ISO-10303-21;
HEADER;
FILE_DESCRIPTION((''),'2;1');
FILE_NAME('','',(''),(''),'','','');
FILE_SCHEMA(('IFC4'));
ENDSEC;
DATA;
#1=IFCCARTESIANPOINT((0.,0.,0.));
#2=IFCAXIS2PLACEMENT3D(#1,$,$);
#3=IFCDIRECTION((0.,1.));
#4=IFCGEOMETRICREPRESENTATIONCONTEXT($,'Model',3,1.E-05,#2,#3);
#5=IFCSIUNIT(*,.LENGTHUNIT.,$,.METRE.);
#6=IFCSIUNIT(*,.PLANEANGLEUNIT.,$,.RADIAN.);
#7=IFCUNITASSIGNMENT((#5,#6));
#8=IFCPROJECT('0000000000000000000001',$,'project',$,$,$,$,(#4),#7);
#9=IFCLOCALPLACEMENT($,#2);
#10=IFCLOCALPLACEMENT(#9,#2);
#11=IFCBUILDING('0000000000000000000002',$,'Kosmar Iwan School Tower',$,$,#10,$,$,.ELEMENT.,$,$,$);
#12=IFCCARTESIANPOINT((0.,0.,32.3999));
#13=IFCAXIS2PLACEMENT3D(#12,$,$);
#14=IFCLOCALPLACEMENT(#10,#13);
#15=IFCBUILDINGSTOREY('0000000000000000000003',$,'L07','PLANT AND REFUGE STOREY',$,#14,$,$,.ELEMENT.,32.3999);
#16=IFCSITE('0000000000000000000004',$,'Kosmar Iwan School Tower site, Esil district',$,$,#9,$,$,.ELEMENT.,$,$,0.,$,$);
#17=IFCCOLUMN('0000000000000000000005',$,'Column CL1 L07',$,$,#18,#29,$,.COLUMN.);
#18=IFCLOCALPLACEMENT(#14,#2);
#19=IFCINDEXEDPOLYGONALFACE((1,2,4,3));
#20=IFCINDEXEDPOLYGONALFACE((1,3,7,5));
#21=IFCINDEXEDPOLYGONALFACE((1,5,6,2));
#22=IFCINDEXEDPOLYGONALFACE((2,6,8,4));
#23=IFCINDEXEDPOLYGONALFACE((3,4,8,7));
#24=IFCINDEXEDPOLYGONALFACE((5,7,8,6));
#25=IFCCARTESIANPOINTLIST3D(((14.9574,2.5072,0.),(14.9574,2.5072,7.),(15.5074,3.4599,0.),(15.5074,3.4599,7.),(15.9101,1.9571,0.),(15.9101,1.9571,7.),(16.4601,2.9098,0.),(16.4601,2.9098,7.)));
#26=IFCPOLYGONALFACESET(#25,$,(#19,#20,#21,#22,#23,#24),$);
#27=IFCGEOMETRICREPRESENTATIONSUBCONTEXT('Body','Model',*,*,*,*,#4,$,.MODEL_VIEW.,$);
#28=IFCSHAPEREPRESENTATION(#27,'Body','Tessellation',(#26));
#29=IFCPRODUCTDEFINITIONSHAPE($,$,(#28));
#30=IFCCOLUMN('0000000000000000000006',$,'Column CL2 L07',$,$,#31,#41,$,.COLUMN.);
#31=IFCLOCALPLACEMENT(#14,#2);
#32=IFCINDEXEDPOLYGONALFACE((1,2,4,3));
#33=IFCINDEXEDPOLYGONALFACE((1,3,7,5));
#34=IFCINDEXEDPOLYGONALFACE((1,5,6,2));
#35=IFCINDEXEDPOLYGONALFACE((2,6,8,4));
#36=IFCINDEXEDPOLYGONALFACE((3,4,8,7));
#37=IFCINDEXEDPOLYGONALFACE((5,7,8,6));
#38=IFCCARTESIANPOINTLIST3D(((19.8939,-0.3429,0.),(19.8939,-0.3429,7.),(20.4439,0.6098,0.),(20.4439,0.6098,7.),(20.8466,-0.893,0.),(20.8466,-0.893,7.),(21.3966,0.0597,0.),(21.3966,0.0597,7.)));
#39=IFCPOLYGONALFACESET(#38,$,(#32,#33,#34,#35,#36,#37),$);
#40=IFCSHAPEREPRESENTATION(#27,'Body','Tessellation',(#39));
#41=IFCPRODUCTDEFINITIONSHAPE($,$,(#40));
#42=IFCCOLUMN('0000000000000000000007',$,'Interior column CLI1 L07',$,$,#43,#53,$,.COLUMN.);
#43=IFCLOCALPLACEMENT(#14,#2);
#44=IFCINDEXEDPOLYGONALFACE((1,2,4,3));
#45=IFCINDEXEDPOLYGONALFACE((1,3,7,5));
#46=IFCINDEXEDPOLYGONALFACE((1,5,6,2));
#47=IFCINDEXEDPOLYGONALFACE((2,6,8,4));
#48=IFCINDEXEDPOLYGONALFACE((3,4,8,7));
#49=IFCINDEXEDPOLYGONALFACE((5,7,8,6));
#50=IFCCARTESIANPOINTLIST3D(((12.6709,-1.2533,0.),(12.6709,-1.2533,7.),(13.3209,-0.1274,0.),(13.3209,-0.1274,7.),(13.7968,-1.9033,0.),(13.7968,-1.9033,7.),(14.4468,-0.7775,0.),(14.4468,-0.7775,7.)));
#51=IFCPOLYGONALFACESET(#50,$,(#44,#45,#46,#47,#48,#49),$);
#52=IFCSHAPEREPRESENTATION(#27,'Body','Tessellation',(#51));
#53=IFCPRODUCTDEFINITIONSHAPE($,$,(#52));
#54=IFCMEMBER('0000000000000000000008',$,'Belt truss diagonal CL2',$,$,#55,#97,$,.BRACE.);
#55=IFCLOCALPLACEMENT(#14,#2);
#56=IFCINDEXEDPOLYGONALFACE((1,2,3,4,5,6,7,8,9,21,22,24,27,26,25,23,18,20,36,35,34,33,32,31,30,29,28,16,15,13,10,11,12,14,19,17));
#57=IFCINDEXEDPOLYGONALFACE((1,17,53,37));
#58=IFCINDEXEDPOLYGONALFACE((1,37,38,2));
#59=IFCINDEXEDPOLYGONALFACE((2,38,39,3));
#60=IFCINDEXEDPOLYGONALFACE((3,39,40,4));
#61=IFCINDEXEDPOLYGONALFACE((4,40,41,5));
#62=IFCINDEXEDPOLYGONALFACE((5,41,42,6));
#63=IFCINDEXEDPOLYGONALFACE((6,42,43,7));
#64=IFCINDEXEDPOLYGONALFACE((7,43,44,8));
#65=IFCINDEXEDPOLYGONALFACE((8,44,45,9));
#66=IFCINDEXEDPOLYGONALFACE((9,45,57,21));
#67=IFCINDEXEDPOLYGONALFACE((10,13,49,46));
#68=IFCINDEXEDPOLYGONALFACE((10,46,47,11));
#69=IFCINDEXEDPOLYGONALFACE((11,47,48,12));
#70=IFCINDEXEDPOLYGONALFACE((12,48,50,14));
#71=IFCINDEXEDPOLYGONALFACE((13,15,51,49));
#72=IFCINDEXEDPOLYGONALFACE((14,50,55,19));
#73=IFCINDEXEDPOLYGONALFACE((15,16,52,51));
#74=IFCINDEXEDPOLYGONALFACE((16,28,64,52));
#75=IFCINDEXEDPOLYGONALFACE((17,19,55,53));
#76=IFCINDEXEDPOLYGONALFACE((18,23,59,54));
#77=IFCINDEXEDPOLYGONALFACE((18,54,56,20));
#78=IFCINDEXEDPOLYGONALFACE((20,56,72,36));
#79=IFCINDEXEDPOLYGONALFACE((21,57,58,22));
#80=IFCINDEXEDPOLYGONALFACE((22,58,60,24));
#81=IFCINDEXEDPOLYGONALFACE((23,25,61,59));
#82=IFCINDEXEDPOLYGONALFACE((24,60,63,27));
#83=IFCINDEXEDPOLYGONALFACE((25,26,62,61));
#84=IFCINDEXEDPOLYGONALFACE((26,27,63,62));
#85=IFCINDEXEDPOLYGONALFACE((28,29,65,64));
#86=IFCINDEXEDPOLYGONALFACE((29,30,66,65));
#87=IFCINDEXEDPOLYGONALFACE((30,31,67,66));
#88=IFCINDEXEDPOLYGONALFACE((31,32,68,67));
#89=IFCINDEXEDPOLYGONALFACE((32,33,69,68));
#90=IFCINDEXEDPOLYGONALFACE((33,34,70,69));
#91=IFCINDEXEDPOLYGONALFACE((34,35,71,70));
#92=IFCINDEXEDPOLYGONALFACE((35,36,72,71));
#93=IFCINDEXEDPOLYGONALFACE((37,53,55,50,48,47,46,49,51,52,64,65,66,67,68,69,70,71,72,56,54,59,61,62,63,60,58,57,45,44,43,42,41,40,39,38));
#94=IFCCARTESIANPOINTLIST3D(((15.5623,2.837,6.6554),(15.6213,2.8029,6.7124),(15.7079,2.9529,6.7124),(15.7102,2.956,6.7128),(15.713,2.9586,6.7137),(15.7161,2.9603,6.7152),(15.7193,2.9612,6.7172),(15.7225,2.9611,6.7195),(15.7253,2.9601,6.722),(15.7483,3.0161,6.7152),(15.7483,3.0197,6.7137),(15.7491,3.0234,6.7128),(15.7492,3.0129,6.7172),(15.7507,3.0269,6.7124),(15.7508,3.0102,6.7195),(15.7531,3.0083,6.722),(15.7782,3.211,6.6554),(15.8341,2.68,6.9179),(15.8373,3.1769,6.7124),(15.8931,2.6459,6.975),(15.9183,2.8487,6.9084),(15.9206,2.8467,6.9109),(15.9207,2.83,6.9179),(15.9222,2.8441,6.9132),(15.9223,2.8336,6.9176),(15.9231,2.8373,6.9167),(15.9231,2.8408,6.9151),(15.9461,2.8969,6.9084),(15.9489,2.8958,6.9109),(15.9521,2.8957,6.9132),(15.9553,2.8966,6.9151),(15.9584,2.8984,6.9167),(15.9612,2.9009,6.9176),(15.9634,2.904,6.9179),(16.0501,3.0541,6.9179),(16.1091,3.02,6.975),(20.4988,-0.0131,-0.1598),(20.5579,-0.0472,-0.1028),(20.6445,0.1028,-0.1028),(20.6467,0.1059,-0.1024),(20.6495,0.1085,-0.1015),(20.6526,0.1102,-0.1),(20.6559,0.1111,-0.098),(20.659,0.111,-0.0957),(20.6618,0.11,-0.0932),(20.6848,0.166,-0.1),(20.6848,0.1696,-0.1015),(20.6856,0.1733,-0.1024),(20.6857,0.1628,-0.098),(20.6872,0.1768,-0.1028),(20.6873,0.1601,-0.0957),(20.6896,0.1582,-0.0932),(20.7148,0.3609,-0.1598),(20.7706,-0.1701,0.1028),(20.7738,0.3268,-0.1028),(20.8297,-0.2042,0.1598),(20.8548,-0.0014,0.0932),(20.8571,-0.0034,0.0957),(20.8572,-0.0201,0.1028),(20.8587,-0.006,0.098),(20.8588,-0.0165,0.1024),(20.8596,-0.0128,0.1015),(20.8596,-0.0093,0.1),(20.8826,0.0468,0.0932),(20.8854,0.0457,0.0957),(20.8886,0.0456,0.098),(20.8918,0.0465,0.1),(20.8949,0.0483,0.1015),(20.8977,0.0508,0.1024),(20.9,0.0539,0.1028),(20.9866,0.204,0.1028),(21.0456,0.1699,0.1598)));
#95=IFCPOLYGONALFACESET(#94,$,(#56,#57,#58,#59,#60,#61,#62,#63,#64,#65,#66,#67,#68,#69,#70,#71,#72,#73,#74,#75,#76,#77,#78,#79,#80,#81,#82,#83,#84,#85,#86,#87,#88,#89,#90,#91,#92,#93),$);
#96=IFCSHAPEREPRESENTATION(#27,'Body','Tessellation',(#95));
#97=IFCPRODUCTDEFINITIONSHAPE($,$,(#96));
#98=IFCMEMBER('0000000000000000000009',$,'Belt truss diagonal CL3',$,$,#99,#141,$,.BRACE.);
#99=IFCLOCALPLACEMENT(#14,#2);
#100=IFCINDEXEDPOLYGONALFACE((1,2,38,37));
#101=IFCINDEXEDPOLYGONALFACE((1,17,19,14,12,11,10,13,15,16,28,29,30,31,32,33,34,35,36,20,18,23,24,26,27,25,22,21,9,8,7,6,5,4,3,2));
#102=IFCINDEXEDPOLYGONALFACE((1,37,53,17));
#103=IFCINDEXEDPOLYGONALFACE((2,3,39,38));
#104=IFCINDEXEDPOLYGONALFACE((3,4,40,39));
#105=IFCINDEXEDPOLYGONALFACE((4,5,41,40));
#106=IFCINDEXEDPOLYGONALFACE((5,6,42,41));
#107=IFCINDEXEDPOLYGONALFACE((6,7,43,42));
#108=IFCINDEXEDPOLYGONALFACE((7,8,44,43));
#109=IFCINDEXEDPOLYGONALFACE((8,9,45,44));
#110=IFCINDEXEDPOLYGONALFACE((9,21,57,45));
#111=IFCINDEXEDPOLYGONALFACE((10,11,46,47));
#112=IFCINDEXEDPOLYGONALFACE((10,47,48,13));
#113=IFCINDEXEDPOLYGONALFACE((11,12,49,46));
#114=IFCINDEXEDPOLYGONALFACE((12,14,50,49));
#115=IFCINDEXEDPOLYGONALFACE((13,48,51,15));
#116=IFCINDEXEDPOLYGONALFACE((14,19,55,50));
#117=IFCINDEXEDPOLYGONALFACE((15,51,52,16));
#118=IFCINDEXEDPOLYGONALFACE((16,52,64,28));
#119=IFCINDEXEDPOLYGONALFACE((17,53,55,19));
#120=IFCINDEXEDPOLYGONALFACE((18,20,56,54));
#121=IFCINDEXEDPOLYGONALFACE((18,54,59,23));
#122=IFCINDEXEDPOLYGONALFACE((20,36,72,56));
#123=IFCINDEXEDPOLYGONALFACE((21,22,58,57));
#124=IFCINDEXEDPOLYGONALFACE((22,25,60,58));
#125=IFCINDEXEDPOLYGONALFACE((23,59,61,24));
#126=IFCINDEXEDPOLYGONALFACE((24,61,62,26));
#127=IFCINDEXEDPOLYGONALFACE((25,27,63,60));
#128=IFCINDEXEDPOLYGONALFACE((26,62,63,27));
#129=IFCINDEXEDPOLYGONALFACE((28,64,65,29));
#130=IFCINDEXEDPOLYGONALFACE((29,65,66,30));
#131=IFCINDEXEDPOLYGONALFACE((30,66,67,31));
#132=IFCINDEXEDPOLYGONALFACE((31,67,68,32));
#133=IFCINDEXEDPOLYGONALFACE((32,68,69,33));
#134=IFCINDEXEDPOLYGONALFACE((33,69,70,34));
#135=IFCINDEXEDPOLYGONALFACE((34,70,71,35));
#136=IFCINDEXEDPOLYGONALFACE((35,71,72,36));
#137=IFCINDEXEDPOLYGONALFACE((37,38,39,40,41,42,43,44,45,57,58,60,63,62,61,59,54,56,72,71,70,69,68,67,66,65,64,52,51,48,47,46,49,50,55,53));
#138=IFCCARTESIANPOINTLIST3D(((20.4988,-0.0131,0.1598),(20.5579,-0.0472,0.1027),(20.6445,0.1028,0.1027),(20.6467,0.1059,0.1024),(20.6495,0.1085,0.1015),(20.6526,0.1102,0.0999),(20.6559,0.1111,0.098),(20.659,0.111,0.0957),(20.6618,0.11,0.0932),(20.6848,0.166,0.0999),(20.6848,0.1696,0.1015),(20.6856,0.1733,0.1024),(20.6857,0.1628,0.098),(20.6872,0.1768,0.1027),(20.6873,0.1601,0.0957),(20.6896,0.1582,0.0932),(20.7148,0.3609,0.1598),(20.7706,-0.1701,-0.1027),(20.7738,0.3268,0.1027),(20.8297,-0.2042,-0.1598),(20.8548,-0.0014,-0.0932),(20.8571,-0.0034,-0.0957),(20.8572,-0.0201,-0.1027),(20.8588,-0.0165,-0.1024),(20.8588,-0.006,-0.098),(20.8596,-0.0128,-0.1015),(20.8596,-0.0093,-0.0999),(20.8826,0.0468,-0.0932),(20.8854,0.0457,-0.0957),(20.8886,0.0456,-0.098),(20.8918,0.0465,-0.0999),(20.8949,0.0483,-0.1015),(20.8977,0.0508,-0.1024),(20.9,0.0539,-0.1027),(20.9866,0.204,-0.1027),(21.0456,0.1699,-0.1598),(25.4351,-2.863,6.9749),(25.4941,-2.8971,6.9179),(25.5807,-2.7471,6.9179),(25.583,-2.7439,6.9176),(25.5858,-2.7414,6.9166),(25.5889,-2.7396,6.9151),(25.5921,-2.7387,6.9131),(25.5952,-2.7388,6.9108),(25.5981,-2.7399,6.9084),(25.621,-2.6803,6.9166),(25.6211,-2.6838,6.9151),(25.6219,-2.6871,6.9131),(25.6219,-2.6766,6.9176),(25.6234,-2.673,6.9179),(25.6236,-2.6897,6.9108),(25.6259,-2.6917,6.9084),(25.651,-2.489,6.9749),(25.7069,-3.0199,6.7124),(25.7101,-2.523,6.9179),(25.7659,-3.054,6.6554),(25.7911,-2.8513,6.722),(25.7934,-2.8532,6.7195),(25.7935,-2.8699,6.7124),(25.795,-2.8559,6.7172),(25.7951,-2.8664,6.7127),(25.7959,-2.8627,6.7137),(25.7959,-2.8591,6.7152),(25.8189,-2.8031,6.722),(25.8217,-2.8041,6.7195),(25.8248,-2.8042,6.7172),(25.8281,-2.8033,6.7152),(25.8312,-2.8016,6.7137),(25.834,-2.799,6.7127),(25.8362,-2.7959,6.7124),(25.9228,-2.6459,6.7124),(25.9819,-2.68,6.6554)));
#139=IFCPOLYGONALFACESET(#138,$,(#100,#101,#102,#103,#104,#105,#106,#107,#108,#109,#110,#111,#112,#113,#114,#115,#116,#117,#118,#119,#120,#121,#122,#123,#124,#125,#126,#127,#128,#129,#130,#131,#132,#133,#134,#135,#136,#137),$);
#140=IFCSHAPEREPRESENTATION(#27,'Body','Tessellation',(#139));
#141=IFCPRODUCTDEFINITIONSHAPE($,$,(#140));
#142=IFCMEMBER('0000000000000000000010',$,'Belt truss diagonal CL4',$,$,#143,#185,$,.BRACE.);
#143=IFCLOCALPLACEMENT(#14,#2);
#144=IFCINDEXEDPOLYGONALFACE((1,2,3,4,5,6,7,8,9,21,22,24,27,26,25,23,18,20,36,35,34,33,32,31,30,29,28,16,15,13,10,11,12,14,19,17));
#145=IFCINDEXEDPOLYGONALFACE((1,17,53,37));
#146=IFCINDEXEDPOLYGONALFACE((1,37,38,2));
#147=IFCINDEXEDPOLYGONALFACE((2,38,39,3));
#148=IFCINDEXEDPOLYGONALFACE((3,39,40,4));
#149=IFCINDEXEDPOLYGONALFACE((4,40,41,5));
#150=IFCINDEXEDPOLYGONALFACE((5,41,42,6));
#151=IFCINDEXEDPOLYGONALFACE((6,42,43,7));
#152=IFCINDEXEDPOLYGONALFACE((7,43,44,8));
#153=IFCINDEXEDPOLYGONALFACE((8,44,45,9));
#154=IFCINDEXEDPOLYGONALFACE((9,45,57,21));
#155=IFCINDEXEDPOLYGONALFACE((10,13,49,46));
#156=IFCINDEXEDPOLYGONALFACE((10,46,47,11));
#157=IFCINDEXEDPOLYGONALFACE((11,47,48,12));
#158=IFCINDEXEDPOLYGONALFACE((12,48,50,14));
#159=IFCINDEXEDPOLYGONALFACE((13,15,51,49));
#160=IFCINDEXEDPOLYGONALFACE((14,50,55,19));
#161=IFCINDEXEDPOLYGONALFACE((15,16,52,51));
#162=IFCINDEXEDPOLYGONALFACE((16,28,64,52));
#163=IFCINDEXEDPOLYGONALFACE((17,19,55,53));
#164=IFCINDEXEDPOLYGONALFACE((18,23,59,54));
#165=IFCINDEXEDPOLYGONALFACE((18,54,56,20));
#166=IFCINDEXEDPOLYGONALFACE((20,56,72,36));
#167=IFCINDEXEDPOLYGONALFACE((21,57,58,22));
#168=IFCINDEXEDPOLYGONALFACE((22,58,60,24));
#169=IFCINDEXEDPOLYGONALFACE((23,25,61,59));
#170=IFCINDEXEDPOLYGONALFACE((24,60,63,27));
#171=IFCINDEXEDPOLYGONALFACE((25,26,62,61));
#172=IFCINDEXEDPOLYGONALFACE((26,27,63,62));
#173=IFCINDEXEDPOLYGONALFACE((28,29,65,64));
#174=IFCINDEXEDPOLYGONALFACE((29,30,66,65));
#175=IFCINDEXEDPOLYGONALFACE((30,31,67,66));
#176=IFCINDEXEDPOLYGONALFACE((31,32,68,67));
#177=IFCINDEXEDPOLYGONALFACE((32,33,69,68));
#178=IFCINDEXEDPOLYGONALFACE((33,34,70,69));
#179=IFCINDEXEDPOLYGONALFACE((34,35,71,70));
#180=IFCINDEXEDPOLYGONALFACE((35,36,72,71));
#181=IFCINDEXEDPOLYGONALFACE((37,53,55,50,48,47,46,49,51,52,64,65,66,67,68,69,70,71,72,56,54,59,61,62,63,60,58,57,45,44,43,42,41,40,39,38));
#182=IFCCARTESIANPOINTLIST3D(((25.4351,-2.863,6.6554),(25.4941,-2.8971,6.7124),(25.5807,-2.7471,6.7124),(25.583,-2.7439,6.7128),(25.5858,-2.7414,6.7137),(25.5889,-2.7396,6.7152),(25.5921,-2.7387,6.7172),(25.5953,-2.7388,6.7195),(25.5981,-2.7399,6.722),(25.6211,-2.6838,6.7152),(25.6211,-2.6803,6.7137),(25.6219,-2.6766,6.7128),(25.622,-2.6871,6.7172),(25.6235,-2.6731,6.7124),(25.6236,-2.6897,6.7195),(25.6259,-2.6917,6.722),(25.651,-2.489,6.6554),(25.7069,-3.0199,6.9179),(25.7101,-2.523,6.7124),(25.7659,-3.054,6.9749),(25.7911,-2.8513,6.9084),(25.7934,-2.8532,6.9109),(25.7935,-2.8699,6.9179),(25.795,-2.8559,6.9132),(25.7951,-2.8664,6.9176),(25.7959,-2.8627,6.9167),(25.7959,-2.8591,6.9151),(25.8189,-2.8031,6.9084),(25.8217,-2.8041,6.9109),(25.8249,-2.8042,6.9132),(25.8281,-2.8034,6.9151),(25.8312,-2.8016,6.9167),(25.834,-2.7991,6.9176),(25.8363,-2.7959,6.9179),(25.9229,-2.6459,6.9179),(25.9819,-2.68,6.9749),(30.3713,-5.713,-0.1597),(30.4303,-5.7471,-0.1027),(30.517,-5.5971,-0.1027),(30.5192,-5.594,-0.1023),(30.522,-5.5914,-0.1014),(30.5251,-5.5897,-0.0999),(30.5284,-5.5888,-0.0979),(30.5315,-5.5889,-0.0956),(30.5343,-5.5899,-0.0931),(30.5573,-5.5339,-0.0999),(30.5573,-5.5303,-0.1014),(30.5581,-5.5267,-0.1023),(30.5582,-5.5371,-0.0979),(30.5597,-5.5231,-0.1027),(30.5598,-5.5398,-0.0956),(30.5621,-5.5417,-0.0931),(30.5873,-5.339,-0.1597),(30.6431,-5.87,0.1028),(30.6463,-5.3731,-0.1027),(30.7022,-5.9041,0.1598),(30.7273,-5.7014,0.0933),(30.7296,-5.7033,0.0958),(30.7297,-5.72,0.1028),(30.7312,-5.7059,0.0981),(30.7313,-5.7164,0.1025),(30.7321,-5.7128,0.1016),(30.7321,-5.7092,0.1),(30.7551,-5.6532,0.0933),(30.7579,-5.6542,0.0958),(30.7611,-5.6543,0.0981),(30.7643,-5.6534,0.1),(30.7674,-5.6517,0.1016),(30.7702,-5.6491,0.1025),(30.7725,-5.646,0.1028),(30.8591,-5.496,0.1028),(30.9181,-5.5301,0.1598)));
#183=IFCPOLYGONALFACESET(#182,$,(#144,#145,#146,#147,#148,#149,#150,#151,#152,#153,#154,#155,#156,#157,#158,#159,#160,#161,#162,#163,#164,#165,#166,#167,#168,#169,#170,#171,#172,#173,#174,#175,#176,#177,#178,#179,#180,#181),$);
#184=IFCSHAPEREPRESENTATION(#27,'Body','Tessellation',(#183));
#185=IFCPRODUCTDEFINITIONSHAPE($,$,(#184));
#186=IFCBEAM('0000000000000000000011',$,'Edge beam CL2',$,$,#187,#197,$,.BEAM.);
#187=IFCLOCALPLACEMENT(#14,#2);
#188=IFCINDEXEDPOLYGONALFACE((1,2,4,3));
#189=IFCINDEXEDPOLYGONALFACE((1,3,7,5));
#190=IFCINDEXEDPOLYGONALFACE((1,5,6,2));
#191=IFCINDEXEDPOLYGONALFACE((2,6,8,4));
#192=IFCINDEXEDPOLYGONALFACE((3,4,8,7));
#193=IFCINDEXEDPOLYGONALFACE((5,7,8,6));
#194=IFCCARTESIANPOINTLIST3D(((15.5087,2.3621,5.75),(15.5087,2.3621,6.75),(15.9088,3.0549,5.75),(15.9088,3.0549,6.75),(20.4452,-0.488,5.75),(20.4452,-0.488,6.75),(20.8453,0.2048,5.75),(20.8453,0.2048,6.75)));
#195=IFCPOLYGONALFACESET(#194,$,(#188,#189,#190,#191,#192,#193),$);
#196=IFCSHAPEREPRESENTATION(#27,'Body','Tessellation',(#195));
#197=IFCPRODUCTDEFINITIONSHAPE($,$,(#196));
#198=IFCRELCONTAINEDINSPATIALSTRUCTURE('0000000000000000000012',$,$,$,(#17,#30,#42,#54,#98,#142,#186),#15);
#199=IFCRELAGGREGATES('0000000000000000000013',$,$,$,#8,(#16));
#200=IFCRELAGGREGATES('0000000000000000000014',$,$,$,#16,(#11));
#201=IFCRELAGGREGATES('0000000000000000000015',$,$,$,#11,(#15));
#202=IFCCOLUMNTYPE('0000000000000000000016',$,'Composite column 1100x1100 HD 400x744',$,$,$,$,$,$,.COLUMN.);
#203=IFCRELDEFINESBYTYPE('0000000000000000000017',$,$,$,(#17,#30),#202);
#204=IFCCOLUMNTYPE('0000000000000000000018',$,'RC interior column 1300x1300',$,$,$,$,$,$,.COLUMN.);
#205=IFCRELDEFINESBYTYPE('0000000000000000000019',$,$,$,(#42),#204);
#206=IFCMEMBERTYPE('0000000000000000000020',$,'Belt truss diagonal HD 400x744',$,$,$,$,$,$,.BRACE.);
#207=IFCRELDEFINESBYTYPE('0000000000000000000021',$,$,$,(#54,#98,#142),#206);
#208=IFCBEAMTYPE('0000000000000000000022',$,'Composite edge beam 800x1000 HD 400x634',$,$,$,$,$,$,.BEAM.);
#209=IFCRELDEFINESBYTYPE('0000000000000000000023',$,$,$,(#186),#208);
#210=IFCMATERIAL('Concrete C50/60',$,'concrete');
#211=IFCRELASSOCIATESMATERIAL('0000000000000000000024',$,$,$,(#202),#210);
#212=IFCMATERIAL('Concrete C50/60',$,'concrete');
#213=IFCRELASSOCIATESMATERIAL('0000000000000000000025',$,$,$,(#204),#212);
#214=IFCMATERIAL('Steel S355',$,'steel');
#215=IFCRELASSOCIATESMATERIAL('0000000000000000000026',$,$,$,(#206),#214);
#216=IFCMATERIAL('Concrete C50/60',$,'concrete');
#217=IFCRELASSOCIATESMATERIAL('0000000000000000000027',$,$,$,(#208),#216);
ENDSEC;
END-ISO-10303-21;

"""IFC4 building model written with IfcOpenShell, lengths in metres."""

from ifc_helpers import new_model, si_unit, direction, frame, origin, origin_2d, place, context, subcontext, project, spatial, rectangle, i_section, extrude, material, material_profile, profile_set, type_object, element, save


model = new_model("IFC4")

# Units and contexts
model_context = context("Model", 3, precision=1e-05, world=origin(), true_north=direction((0.0, 1.0)))
body_context = subcontext(model_context, "Body", "Model", "MODEL_VIEW")
ifc_project = project(units=[si_unit("LENGTHUNIT", "METRE"), si_unit("PLANEANGLEUNIT", "RADIAN")], contexts=[model_context])

# Site, building, storey
site_placement = place(None, origin())
site = spatial("IfcSite", under=ifc_project, at=site_placement, Name="Kosmar Iwan School Tower site, Esil district", CompositionType="ELEMENT", RefElevation=0.0)
building_placement = place(site_placement, origin())
building = spatial("IfcBuilding", under=site, at=building_placement, Name="Kosmar Iwan School Tower", CompositionType="ELEMENT")
storey_placement = place(building_placement, frame((0.0, 0.0, 32.3999)))
storey = spatial("IfcBuildingStorey", under=building, at=storey_placement, Name="L07", Description="PLANT AND REFUGE STOREY", CompositionType="ELEMENT", Elevation=32.3999)

# Columns
ifc_material_1 = material(Name="Concrete C50/60", Category="concrete")
ifc_material_profile_1 = material_profile(ifc_material_1, rectangle(XDim=1.1001, YDim=1.1001, at=origin_2d()), Name="RC 1100x1100 + HD 400x744")
ifc_profile_set_1 = profile_set([ifc_material_profile_1], Name="Concrete C50/60")
column_type_1 = type_object("IfcColumnType", Name="Composite column 1100x1100 HD 400x744", PredefinedType="COLUMN", material=ifc_profile_set_1)
for number, where, z_axis, x_axis, name in (
    (1, (15.7087, 2.7085, 0.0), (0.0, 0.0, 1.0), (0.866025, -0.5, 0.0), "Column CL1 L07"),
    (2, (20.6453, -0.1416, 0.0), (0.0, 0.0, 1.0), (0.866025, -0.5, 0.0), "Column CL2 L07"),
):
    element("IfcColumn", number, at=place(storey_placement, frame(where, z_axis=z_axis, x_axis=x_axis)), inside=storey, type_object=column_type_1, Name=name, PredefinedType="COLUMN", context=body_context, shape_type="SweptSolid", body=[
        extrude(rectangle(XDim=1.1001, YDim=1.1001, at=origin_2d()), origin(), (0.0, 0.0, 1.0), 7.0),
    ])
ifc_material_2 = material(Name="Concrete C50/60", Category="concrete")
ifc_material_profile_2 = material_profile(ifc_material_2, rectangle(XDim=1.3, YDim=1.3, at=origin_2d()), Name="RC 1300x1300")
ifc_profile_set_2 = profile_set([ifc_material_profile_2], Name="Concrete C50/60")
column_type_2 = type_object("IfcColumnType", Name="RC interior column 1300x1300", PredefinedType="COLUMN", material=ifc_profile_set_2)
column_placement = place(storey_placement, frame((13.5588, -1.0154, 0.0), z_axis=(0.0, 0.0, 1.0), x_axis=(0.866025, -0.5, 0.0)))
element("IfcColumn", 3, at=column_placement, inside=storey, type_object=column_type_2, Name="Interior column CLI1 L07", PredefinedType="COLUMN", context=body_context, shape_type="SweptSolid", body=[
    extrude(rectangle(XDim=1.3, YDim=1.3, at=origin_2d()), origin(), (0.0, 0.0, 1.0), 7.0),
])

# Members
ifc_material_3 = material(Name="Steel S355", Category="steel")
ifc_material_profile_3 = material_profile(ifc_material_3, i_section(OverallWidth=0.4319, OverallDepth=0.498, WebThickness=0.0557, FlangeThickness=0.0889, FilletRadius=0.0149, at=origin_2d()), Name="HD 400x744")
ifc_profile_set_3 = profile_set([ifc_material_profile_3], Name="Steel S355")
member_type = type_object("IfcMemberType", Name="Belt truss diagonal HD 400x744", PredefinedType="BRACE", material=ifc_profile_set_3)
member_placement = place(storey_placement, frame((15.8357, 2.9285, 6.8152), z_axis=(0.555617, -0.320785, -0.767064), x_axis=(0.499999, 0.866026, 0.0)))
element("IfcMember", 4, at=member_placement, inside=storey, type_object=member_type, Name="Belt truss diagonal CL2", PredefinedType="BRACE", context=body_context, shape_type="SweptSolid", body=[
    extrude(i_section(OverallWidth=0.4319, OverallDepth=0.498, WebThickness=0.0557, FlangeThickness=0.0889, FilletRadius=0.0149, at=origin_2d()), origin(), (0.0, 0.0, 1.0), 8.8848),
])
for number, where, z_axis, x_axis, name in (
    (5, (20.7722, 0.0784, 0.0), (0.555602, -0.320765, 0.767083), (0.499986, 0.866034, 0.0), "Belt truss diagonal CL3"),
    (6, (25.7085, -2.7715, 6.8152), (0.555598, -0.32079, -0.767076), (0.500018, 0.866015, 0.0), "Belt truss diagonal CL4"),
):
    element("IfcMember", number, at=place(storey_placement, frame(where, z_axis=z_axis, x_axis=x_axis)), inside=storey, type_object=member_type, Name=name, PredefinedType="BRACE", context=body_context, shape_type="SweptSolid", body=[
        extrude(i_section(OverallWidth=0.4319, OverallDepth=0.498, WebThickness=0.0557, FlangeThickness=0.0889, FilletRadius=0.0149, at=origin_2d()), origin(), (0.0, 0.0, 1.0), 8.8845),
    ])

# Beam
ifc_material_4 = material(Name="Concrete C50/60", Category="concrete")
ifc_material_profile_4 = material_profile(ifc_material_4, rectangle(XDim=0.8, YDim=1.0, at=origin_2d()), Name="RC 800x1000 + HD 400x634")
ifc_profile_set_4 = profile_set([ifc_material_profile_4], Name="Concrete C50/60")
beam_type_1 = type_object("IfcBeamType", Name="Composite edge beam 800x1000 HD 400x634", PredefinedType="BEAM", material=ifc_profile_set_4)
beam_1_placement = place(storey_placement, frame((15.7087, 2.7085, 6.25), z_axis=(0.866026, -0.499999, 0.0), x_axis=(0.499999, 0.866026, 0.0)))
element("IfcBeam", 7, at=beam_1_placement, inside=storey, type_object=beam_type_1, Name="Edge beam CL2", PredefinedType="BEAM", context=body_context, shape_type="SweptSolid", body=[
    extrude(rectangle(XDim=0.8, YDim=1.0, at=origin_2d()), origin(), (0.0, 0.0, 1.0), 5.7002),
])

save(model, "model.ifc")
